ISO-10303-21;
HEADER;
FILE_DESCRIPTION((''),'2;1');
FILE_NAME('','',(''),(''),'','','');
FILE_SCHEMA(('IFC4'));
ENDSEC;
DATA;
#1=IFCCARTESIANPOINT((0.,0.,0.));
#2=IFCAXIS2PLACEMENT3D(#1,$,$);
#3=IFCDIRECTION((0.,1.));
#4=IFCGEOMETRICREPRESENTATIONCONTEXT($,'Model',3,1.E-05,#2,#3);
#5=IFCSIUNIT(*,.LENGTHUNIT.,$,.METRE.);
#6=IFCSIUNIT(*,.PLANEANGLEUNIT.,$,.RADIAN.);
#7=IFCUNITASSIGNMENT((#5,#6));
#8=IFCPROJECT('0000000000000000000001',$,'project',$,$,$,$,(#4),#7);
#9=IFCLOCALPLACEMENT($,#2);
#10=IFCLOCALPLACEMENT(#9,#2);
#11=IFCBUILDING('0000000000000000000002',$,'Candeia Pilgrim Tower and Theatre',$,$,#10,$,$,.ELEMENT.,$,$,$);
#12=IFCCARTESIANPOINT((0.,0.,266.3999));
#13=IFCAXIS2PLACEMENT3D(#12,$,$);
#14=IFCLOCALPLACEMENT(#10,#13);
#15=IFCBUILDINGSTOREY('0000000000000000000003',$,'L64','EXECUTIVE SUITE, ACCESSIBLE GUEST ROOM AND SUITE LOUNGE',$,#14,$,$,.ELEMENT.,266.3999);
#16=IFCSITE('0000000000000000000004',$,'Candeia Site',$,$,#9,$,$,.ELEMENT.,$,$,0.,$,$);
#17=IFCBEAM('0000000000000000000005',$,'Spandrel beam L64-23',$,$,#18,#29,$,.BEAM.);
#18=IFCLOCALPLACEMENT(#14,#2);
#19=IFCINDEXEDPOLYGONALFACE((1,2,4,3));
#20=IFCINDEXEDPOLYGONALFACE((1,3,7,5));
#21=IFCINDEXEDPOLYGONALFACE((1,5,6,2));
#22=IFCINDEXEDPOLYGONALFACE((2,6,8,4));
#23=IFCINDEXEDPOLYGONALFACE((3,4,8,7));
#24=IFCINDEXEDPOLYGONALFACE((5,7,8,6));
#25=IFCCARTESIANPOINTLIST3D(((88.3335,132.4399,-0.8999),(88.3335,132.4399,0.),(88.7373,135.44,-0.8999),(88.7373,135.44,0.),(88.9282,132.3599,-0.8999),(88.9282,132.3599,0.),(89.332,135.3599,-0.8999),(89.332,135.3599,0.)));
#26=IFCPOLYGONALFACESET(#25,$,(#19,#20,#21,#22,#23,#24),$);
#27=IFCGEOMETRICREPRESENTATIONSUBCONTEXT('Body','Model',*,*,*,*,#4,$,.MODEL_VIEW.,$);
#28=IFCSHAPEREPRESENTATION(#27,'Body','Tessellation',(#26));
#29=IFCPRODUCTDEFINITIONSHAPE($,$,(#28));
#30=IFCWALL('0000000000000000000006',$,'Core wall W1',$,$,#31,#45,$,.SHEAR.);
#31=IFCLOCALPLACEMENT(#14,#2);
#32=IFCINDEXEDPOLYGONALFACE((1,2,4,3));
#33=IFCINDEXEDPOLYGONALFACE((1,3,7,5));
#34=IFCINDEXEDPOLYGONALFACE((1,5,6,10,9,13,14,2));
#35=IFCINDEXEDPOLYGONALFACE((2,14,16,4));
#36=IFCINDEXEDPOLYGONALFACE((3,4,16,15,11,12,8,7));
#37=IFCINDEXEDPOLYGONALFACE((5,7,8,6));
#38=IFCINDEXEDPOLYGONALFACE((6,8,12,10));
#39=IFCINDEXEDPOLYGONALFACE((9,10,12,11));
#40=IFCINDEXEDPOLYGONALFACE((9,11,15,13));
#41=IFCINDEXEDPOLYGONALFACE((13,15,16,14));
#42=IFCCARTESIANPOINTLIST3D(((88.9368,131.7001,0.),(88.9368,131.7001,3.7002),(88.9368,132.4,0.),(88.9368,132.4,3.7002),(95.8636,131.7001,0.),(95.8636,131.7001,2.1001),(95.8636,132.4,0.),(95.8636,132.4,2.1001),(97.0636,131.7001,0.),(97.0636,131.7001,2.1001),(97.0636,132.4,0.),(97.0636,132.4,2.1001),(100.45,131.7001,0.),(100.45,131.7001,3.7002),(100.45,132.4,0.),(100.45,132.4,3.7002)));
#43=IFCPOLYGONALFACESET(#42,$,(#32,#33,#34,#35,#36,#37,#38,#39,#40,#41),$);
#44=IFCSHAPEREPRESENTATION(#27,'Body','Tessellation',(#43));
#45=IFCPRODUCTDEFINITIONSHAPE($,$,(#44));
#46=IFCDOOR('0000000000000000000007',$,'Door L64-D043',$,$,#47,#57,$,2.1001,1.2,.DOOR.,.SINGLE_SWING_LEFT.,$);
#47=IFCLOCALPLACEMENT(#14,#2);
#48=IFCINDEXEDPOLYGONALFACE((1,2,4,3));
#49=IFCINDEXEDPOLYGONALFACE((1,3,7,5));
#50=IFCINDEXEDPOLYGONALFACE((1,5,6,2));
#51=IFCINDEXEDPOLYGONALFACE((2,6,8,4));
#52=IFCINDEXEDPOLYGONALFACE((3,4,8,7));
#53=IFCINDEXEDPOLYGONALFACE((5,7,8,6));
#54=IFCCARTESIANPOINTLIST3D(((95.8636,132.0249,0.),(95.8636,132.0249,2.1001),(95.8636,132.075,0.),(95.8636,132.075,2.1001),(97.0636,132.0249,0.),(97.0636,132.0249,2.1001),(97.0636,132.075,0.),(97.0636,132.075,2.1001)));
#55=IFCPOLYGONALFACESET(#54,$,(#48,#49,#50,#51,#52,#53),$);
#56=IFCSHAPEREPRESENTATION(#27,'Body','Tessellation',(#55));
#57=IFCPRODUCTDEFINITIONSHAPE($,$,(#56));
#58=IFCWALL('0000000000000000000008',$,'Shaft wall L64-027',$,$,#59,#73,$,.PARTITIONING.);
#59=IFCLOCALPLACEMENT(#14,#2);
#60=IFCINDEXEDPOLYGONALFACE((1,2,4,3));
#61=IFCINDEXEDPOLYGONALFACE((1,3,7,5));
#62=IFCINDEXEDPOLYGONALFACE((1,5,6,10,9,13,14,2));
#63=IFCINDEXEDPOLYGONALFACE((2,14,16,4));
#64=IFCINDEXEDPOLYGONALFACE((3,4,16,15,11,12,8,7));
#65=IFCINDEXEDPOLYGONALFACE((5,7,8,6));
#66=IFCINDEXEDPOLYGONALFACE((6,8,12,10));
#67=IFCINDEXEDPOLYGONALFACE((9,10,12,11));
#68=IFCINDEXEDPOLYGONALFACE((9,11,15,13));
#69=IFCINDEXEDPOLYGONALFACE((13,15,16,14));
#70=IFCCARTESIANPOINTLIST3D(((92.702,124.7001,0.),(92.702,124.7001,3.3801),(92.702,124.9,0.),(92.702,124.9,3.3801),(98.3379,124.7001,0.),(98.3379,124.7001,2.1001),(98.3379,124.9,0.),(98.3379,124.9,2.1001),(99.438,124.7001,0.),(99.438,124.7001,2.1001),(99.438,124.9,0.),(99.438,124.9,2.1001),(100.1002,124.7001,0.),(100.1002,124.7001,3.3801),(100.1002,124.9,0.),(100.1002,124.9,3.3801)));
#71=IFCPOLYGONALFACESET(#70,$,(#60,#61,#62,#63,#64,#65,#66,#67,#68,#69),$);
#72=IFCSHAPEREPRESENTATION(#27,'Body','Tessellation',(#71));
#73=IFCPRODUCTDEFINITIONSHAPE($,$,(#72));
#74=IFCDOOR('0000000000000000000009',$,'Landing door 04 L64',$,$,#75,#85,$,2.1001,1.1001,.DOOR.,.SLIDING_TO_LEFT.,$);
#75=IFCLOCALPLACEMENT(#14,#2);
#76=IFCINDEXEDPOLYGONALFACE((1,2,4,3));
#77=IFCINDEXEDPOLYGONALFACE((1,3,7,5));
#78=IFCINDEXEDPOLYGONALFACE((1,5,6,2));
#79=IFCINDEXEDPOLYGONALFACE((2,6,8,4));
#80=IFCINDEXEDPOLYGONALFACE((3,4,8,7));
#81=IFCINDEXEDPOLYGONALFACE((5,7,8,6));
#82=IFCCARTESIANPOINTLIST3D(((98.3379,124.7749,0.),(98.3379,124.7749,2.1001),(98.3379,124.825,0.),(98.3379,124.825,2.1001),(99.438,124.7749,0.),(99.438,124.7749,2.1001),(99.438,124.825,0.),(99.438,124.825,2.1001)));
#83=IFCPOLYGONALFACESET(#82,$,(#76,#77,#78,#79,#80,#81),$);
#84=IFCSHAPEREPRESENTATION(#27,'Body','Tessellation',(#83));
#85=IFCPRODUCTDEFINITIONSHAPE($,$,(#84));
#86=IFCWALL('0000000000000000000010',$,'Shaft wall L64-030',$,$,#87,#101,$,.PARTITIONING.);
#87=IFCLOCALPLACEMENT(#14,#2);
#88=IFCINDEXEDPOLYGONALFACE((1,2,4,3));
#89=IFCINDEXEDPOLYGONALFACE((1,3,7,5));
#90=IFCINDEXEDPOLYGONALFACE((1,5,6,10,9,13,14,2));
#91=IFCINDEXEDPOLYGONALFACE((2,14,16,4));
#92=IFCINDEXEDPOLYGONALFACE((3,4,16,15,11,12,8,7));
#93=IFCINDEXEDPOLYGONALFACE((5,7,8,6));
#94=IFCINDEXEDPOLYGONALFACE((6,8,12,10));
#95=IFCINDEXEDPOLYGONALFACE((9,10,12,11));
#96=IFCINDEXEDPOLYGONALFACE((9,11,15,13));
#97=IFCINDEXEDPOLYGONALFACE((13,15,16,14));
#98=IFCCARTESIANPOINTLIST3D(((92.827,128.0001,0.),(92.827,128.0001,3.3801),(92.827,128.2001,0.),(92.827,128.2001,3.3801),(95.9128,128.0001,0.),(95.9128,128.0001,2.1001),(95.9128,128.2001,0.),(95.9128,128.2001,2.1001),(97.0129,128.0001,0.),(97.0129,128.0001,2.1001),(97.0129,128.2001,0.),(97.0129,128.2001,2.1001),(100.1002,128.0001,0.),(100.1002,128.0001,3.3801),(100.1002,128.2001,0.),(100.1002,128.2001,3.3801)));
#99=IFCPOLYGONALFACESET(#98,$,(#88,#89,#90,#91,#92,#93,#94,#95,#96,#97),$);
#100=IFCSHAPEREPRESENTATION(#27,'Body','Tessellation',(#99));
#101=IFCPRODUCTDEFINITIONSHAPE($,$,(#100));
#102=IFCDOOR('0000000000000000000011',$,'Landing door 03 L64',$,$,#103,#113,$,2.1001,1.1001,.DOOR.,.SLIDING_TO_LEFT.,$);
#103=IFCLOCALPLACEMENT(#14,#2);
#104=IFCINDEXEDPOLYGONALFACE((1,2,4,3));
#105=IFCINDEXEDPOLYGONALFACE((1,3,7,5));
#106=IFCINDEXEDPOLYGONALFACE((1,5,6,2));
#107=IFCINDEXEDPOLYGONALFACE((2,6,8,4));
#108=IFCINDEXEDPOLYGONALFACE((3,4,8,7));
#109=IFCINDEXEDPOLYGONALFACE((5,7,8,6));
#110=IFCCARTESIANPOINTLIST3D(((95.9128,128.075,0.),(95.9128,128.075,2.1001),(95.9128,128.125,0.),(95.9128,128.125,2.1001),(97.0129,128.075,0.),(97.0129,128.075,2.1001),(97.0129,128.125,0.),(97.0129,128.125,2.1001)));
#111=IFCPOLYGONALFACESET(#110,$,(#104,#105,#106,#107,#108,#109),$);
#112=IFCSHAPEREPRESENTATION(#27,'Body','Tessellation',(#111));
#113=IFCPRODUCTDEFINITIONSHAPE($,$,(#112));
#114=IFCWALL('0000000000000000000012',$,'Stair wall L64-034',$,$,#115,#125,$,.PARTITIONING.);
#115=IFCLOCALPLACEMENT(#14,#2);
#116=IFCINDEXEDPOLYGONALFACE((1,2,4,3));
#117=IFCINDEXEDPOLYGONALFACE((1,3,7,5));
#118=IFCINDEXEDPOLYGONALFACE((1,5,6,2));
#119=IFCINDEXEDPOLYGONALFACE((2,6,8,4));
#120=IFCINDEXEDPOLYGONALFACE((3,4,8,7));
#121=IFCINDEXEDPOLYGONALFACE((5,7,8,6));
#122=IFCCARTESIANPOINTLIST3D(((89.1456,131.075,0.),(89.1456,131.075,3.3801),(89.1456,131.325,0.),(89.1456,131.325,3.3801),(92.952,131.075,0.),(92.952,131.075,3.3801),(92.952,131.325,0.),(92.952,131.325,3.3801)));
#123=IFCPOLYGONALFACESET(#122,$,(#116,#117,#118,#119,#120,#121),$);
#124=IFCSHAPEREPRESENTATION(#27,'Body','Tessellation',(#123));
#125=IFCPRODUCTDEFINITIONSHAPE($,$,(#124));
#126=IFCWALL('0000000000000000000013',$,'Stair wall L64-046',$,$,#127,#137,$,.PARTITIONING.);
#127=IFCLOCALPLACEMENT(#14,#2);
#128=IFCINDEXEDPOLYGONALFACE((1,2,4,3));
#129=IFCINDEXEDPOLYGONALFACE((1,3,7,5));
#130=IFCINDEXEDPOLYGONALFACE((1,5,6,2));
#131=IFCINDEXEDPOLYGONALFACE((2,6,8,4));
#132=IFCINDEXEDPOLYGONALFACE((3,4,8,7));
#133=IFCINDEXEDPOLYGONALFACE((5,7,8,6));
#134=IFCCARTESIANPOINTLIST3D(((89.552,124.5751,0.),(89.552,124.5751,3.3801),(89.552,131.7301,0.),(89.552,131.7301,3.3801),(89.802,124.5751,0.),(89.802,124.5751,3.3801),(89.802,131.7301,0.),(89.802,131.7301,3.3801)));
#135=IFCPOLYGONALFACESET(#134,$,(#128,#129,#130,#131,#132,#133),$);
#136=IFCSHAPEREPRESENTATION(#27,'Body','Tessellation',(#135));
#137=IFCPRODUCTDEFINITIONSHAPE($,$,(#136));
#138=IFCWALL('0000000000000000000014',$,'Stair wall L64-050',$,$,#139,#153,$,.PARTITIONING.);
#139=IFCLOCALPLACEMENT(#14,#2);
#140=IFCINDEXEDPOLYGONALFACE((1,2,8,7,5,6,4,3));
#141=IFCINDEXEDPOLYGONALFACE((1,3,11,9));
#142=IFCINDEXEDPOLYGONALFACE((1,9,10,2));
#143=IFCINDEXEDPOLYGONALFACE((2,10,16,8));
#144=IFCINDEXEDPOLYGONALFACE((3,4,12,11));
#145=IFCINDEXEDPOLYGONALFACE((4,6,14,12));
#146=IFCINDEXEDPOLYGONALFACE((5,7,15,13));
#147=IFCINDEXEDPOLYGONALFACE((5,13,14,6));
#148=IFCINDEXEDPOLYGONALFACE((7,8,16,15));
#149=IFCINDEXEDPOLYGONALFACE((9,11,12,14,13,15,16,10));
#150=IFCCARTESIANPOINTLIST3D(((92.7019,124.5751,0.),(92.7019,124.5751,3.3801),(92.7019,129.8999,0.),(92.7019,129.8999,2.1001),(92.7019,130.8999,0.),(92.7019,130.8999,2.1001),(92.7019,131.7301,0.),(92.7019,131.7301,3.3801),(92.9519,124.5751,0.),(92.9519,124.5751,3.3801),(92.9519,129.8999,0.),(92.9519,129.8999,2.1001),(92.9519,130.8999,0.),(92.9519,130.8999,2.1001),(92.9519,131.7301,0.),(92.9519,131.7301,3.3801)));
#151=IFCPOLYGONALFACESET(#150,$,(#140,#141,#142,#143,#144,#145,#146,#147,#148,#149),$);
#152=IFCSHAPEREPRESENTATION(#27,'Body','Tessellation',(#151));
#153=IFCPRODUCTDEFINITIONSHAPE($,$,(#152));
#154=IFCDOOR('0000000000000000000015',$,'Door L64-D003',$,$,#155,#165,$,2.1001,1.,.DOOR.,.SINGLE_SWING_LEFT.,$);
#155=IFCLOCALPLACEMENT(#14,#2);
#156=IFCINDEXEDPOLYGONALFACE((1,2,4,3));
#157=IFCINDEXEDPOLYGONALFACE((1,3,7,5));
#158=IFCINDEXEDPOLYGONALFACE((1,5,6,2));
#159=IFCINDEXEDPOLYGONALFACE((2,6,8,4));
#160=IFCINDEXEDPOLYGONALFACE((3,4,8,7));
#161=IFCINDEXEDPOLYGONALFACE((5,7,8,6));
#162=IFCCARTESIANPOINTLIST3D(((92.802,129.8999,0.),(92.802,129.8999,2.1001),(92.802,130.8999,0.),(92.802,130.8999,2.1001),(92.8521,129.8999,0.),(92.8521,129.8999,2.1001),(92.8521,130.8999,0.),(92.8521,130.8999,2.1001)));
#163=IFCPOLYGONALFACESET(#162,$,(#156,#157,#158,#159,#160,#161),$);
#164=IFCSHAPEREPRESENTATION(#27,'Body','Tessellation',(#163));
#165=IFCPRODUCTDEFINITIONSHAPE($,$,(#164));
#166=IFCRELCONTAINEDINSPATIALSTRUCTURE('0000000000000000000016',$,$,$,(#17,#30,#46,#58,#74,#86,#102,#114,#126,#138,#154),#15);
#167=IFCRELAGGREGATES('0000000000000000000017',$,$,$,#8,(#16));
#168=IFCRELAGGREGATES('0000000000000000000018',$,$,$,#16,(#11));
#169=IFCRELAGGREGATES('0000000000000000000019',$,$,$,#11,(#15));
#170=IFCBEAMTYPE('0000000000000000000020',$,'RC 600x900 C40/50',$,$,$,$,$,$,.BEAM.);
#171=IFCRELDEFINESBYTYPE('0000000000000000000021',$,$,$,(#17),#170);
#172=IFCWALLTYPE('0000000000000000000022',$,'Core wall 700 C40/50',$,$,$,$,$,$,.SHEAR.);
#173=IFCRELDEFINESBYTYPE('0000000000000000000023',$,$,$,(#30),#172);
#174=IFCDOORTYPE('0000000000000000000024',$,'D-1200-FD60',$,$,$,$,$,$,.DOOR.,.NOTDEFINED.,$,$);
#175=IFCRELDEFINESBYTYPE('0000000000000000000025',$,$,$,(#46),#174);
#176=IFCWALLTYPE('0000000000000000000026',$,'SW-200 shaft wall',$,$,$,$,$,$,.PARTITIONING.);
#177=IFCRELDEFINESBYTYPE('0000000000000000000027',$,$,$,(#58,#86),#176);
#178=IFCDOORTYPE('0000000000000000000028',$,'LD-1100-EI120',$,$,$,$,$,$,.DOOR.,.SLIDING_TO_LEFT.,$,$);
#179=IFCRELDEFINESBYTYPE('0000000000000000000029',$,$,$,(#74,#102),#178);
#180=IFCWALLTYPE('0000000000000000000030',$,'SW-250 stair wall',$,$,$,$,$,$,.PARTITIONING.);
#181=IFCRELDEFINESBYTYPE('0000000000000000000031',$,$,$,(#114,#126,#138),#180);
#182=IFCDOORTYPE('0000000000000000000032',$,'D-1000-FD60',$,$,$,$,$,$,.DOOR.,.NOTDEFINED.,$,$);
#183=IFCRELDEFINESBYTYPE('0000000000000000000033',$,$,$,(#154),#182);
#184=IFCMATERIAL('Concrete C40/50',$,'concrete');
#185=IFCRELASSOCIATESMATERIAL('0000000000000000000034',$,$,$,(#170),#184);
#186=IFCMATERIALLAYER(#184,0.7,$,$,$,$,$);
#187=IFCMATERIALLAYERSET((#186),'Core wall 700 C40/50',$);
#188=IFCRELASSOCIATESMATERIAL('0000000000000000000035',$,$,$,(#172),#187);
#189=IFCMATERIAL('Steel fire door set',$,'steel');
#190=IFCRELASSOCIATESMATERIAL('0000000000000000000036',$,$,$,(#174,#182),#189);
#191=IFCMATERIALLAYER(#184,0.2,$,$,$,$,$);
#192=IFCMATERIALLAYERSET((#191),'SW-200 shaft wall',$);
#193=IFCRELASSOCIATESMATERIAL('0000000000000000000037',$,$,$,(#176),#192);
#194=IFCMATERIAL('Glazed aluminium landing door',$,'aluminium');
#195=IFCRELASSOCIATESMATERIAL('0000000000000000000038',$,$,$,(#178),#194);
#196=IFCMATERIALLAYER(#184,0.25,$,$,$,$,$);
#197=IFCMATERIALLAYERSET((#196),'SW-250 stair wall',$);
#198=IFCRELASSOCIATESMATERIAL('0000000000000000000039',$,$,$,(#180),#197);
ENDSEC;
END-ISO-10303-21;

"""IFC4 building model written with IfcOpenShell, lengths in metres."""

from ifc_helpers import new_model, si_unit, direction, frame, frame_2d, origin, origin_2d, place, context, subcontext, project, spatial, rectangle, extrude, material, layer, layer_set, material_profile, profile_set, type_object, element, fill, save


model = new_model("IFC4")

# Units and contexts
model_context = context("Model", 3, precision=1e-05, world=origin(), true_north=direction((0.0, 1.0)))
body_context = subcontext(model_context, "Body", "Model", "MODEL_VIEW")
ifc_project = project(units=[si_unit("LENGTHUNIT", "METRE"), si_unit("PLANEANGLEUNIT", "RADIAN")], contexts=[model_context])

# Site, building, storey
site_placement = place(None, origin())
site = spatial("IfcSite", under=ifc_project, at=site_placement, Name="Candeia Site", CompositionType="ELEMENT", RefElevation=0.0)
building_placement = place(site_placement, origin())
building = spatial("IfcBuilding", under=site, at=building_placement, Name="Candeia Pilgrim Tower and Theatre", CompositionType="ELEMENT")
storey_placement = place(building_placement, frame((0.0, 0.0, 266.3999)))
storey = spatial("IfcBuildingStorey", under=building, at=storey_placement, Name="L64", Description="EXECUTIVE SUITE, ACCESSIBLE GUEST ROOM AND SUITE LOUNGE", CompositionType="ELEMENT", Elevation=266.3999)

# Beam
ifc_material_1 = material(Name="Concrete C40/50", Category="concrete")
ifc_material_profile = material_profile(ifc_material_1, rectangle(XDim=0.6001, YDim=0.8999, at=origin_2d()))
ifc_profile_set = profile_set([ifc_material_profile], Name="Concrete C40/50")
beam_type = type_object("IfcBeamType", Name="RC 600x900 C40/50", PredefinedType="BEAM", material=ifc_profile_set)
beam_placement = place(storey_placement, frame((88.6309, 132.3999, -0.45), z_axis=(0.1334, 0.991062, 0.0), x_axis=(-0.991062, 0.1334, 0.0)))
element("IfcBeam", 1, at=beam_placement, inside=storey, type_object=beam_type, Name="Spandrel beam L64-23", PredefinedType="BEAM", context=body_context, shape_type="SweptSolid", body=[
    extrude(rectangle(XDim=0.6001, YDim=0.8999, at=origin_2d()), origin(), (0.0, 0.0, 1.0), 3.0271),
])

# Walls, openings, doors
ifc_layer_1 = layer(ifc_material_1, 0.7)
ifc_layer_set_1 = layer_set([ifc_layer_1], Name="Core wall 700 C40/50")
wall_type_1 = type_object("IfcWallType", Name="Core wall 700 C40/50", PredefinedType="SHEAR", material=ifc_layer_set_1)
wall_1_placement = place(storey_placement, frame((88.9368, 132.05, 0.0), z_axis=(0.0, 0.0, 1.0), x_axis=(1.0, 0.0, 0.0)))
wall_1 = element("IfcWall", 2, at=wall_1_placement, inside=storey, type_object=wall_type_1, Name="Core wall W1", PredefinedType="SHEAR", context=body_context, shape_type="SweptSolid", body=[
    extrude(rectangle(XDim=11.5132, YDim=0.7, at=frame_2d((5.7566, 0.0))), origin(), (0.0, 0.0, 1.0), 3.7002),
])
opening_1_placement = place(wall_1_placement, frame((6.9268, 0.0, 0.0)))
opening_1 = element("IfcOpeningElement", 3, at=opening_1_placement, cuts=wall_1, PredefinedType="OPENING", context=body_context, shape_type="SweptSolid", body=[
    extrude(rectangle(XDim=1.2, YDim=2.1001, at=frame_2d((0.6001, 1.05))), frame((0.0, 0.3599, 0.0), z_axis=(0.0, -1.0, 0.0), x_axis=(1.0, 0.0, 0.0)), (0.0, 0.0, 1.0), 0.72),
])
ifc_material_2 = material(Name="Steel fire door set", Category="steel")
door_type_1 = type_object("IfcDoorType", Name="D-1200-FD60", OperationType="NOTDEFINED", PredefinedType="DOOR", material=ifc_material_2)
door_1_placement = place(opening_1_placement, origin())
door_1 = element("IfcDoor", 4, at=door_1_placement, inside=storey, type_object=door_type_1, Name="Door L64-D043", OperationType="SINGLE_SWING_LEFT", OverallHeight=2.1001, OverallWidth=1.2, PredefinedType="DOOR", context=body_context, shape_type="SweptSolid", body=[
    extrude(rectangle(XDim=1.2, YDim=2.1001, at=frame_2d((0.6001, 1.05))), frame((0.0, 0.0249, 0.0), z_axis=(0.0, -1.0, 0.0), x_axis=(1.0, 0.0, 0.0)), (0.0, 0.0, 1.0), 0.05),
])
fill(opening_1, door_1)
ifc_layer_2 = layer(ifc_material_1, 0.2)
ifc_layer_set_2 = layer_set([ifc_layer_2], Name="SW-200 shaft wall")
wall_type_2 = type_object("IfcWallType", Name="SW-200 shaft wall", PredefinedType="PARTITIONING", material=ifc_layer_set_2)
wall_2_placement = place(storey_placement, frame((92.7019, 124.8, 0.0), z_axis=(0.0, 0.0, 1.0), x_axis=(1.0, 0.0, 0.0)))
wall_2 = element("IfcWall", 5, at=wall_2_placement, inside=storey, type_object=wall_type_2, Name="Shaft wall L64-027", PredefinedType="PARTITIONING", context=body_context, shape_type="SweptSolid", body=[
    extrude(rectangle(XDim=7.3982, YDim=0.2, at=frame_2d((3.6992, 0.0))), origin(), (0.0, 0.0, 1.0), 3.3801),
])
opening_2_placement = place(wall_2_placement, frame((5.636, 0.0, 0.0)))
opening_2 = element("IfcOpeningElement", 6, at=opening_2_placement, cuts=wall_2, PredefinedType="OPENING", context=body_context, shape_type="SweptSolid", body=[
    extrude(rectangle(XDim=1.1001, YDim=2.1001, at=frame_2d((0.55, 1.05))), frame((0.0, 0.1099, 0.0), z_axis=(0.0, -1.0, 0.0), x_axis=(1.0, 0.0, 0.0)), (0.0, 0.0, 1.0), 0.22),
])
ifc_material_3 = material(Name="Glazed aluminium landing door", Category="aluminium")
door_type_2 = type_object("IfcDoorType", Name="LD-1100-EI120", OperationType="SLIDING_TO_LEFT", PredefinedType="DOOR", material=ifc_material_3)
door_2_placement = place(opening_2_placement, origin())
door_2 = element("IfcDoor", 7, at=door_2_placement, inside=storey, type_object=door_type_2, Name="Landing door 04 L64", OperationType="SLIDING_TO_LEFT", OverallHeight=2.1001, OverallWidth=1.1001, PredefinedType="DOOR", context=body_context, shape_type="SweptSolid", body=[
    extrude(rectangle(XDim=1.1001, YDim=2.1001, at=frame_2d((0.55, 1.05))), frame((0.0, 0.0249, 0.0), z_axis=(0.0, -1.0, 0.0), x_axis=(1.0, 0.0, 0.0)), (0.0, 0.0, 1.0), 0.05),
])
fill(opening_2, door_2)
wall_3_placement = place(storey_placement, frame((92.8269, 128.1001, 0.0), z_axis=(0.0, 0.0, 1.0), x_axis=(1.0, 0.0, 0.0)))
wall_3 = element("IfcWall", 8, at=wall_3_placement, inside=storey, type_object=wall_type_2, Name="Shaft wall L64-030", PredefinedType="PARTITIONING", context=body_context, shape_type="SweptSolid", body=[
    extrude(rectangle(XDim=7.2732, YDim=0.2, at=frame_2d((3.6367, 0.0))), origin(), (0.0, 0.0, 1.0), 3.3801),
])
opening_3_placement = place(wall_3_placement, frame((3.0859, 0.0, 0.0)))
opening_3 = element("IfcOpeningElement", 9, at=opening_3_placement, cuts=wall_3, PredefinedType="OPENING", context=body_context, shape_type="SweptSolid", body=[
    extrude(rectangle(XDim=1.1001, YDim=2.1001, at=frame_2d((0.55, 1.05))), frame((0.0, 0.1099, 0.0), z_axis=(0.0, -1.0, 0.0), x_axis=(1.0, 0.0, 0.0)), (0.0, 0.0, 1.0), 0.22),
])
door_3_placement = place(opening_3_placement, origin())
door_3 = element("IfcDoor", 10, at=door_3_placement, inside=storey, type_object=door_type_2, Name="Landing door 03 L64", OperationType="SLIDING_TO_LEFT", OverallHeight=2.1001, OverallWidth=1.1001, PredefinedType="DOOR", context=body_context, shape_type="SweptSolid", body=[
    extrude(rectangle(XDim=1.1001, YDim=2.1001, at=frame_2d((0.55, 1.05))), frame((0.0, 0.0249, 0.0), z_axis=(0.0, -1.0, 0.0), x_axis=(1.0, 0.0, 0.0)), (0.0, 0.0, 1.0), 0.05),
])
fill(opening_3, door_3)

# Walls
ifc_layer_3 = layer(ifc_material_1, 0.25)
ifc_layer_set_3 = layer_set([ifc_layer_3], Name="SW-250 stair wall")
wall_type_3 = type_object("IfcWallType", Name="SW-250 stair wall", PredefinedType="PARTITIONING", material=ifc_layer_set_3)
wall_4_placement = place(storey_placement, frame((89.1455, 131.2, 0.0), z_axis=(0.0, 0.0, 1.0), x_axis=(1.0, 0.0, 0.0)))
element("IfcWall", 11, at=wall_4_placement, inside=storey, type_object=wall_type_3, Name="Stair wall L64-034", PredefinedType="PARTITIONING", context=body_context, shape_type="SweptSolid", body=[
    extrude(rectangle(XDim=3.8064, YDim=0.25, at=frame_2d((1.9033, 0.0))), origin(), (0.0, 0.0, 1.0), 3.3801),
])
wall_5_placement = place(storey_placement, frame((89.677, 124.575, 0.0), z_axis=(0.0, 0.0, 1.0), x_axis=(0.0, 1.0, 0.0)))
element("IfcWall", 12, at=wall_5_placement, inside=storey, type_object=wall_type_3, Name="Stair wall L64-046", PredefinedType="PARTITIONING", context=body_context, shape_type="SweptSolid", body=[
    extrude(rectangle(XDim=7.155, YDim=0.25, at=frame_2d((3.5776, 0.0))), origin(), (0.0, 0.0, 1.0), 3.3801),
])

# Wall, opening, door
wall_6_placement = place(storey_placement, frame((92.8269, 124.575, 0.0), z_axis=(0.0, 0.0, 1.0), x_axis=(0.0, 1.0, 0.0)))
wall_6 = element("IfcWall", 13, at=wall_6_placement, inside=storey, type_object=wall_type_3, Name="Stair wall L64-050", PredefinedType="PARTITIONING", context=body_context, shape_type="SweptSolid", body=[
    extrude(rectangle(XDim=7.155, YDim=0.25, at=frame_2d((3.5776, 0.0))), origin(), (0.0, 0.0, 1.0), 3.3801),
])
opening_4_placement = place(wall_6_placement, frame((5.325, 0.0, 0.0)))
opening_4 = element("IfcOpeningElement", 14, at=opening_4_placement, cuts=wall_6, PredefinedType="OPENING", context=body_context, shape_type="SweptSolid", body=[
    extrude(rectangle(XDim=1.0, YDim=2.1001, at=frame_2d((0.5, 1.05))), frame((0.0, 0.135, 0.0), z_axis=(0.0, -1.0, 0.0), x_axis=(1.0, 0.0, 0.0)), (0.0, 0.0, 1.0), 0.27),
])
door_type_3 = type_object("IfcDoorType", Name="D-1000-FD60", OperationType="NOTDEFINED", PredefinedType="DOOR", material=ifc_material_2)
door_4_placement = place(opening_4_placement, origin())
door_4 = element("IfcDoor", 15, at=door_4_placement, inside=storey, type_object=door_type_3, Name="Door L64-D003", OperationType="SINGLE_SWING_LEFT", OverallHeight=2.1001, OverallWidth=1.0, PredefinedType="DOOR", context=body_context, shape_type="SweptSolid", body=[
    extrude(rectangle(XDim=1.0, YDim=2.1001, at=frame_2d((0.5, 1.05))), frame((0.0, 0.0249, 0.0), z_axis=(0.0, -1.0, 0.0), x_axis=(1.0, 0.0, 0.0)), (0.0, 0.0, 1.0), 0.05),
])
fill(opening_4, door_4)

save(model, "model.ifc")
